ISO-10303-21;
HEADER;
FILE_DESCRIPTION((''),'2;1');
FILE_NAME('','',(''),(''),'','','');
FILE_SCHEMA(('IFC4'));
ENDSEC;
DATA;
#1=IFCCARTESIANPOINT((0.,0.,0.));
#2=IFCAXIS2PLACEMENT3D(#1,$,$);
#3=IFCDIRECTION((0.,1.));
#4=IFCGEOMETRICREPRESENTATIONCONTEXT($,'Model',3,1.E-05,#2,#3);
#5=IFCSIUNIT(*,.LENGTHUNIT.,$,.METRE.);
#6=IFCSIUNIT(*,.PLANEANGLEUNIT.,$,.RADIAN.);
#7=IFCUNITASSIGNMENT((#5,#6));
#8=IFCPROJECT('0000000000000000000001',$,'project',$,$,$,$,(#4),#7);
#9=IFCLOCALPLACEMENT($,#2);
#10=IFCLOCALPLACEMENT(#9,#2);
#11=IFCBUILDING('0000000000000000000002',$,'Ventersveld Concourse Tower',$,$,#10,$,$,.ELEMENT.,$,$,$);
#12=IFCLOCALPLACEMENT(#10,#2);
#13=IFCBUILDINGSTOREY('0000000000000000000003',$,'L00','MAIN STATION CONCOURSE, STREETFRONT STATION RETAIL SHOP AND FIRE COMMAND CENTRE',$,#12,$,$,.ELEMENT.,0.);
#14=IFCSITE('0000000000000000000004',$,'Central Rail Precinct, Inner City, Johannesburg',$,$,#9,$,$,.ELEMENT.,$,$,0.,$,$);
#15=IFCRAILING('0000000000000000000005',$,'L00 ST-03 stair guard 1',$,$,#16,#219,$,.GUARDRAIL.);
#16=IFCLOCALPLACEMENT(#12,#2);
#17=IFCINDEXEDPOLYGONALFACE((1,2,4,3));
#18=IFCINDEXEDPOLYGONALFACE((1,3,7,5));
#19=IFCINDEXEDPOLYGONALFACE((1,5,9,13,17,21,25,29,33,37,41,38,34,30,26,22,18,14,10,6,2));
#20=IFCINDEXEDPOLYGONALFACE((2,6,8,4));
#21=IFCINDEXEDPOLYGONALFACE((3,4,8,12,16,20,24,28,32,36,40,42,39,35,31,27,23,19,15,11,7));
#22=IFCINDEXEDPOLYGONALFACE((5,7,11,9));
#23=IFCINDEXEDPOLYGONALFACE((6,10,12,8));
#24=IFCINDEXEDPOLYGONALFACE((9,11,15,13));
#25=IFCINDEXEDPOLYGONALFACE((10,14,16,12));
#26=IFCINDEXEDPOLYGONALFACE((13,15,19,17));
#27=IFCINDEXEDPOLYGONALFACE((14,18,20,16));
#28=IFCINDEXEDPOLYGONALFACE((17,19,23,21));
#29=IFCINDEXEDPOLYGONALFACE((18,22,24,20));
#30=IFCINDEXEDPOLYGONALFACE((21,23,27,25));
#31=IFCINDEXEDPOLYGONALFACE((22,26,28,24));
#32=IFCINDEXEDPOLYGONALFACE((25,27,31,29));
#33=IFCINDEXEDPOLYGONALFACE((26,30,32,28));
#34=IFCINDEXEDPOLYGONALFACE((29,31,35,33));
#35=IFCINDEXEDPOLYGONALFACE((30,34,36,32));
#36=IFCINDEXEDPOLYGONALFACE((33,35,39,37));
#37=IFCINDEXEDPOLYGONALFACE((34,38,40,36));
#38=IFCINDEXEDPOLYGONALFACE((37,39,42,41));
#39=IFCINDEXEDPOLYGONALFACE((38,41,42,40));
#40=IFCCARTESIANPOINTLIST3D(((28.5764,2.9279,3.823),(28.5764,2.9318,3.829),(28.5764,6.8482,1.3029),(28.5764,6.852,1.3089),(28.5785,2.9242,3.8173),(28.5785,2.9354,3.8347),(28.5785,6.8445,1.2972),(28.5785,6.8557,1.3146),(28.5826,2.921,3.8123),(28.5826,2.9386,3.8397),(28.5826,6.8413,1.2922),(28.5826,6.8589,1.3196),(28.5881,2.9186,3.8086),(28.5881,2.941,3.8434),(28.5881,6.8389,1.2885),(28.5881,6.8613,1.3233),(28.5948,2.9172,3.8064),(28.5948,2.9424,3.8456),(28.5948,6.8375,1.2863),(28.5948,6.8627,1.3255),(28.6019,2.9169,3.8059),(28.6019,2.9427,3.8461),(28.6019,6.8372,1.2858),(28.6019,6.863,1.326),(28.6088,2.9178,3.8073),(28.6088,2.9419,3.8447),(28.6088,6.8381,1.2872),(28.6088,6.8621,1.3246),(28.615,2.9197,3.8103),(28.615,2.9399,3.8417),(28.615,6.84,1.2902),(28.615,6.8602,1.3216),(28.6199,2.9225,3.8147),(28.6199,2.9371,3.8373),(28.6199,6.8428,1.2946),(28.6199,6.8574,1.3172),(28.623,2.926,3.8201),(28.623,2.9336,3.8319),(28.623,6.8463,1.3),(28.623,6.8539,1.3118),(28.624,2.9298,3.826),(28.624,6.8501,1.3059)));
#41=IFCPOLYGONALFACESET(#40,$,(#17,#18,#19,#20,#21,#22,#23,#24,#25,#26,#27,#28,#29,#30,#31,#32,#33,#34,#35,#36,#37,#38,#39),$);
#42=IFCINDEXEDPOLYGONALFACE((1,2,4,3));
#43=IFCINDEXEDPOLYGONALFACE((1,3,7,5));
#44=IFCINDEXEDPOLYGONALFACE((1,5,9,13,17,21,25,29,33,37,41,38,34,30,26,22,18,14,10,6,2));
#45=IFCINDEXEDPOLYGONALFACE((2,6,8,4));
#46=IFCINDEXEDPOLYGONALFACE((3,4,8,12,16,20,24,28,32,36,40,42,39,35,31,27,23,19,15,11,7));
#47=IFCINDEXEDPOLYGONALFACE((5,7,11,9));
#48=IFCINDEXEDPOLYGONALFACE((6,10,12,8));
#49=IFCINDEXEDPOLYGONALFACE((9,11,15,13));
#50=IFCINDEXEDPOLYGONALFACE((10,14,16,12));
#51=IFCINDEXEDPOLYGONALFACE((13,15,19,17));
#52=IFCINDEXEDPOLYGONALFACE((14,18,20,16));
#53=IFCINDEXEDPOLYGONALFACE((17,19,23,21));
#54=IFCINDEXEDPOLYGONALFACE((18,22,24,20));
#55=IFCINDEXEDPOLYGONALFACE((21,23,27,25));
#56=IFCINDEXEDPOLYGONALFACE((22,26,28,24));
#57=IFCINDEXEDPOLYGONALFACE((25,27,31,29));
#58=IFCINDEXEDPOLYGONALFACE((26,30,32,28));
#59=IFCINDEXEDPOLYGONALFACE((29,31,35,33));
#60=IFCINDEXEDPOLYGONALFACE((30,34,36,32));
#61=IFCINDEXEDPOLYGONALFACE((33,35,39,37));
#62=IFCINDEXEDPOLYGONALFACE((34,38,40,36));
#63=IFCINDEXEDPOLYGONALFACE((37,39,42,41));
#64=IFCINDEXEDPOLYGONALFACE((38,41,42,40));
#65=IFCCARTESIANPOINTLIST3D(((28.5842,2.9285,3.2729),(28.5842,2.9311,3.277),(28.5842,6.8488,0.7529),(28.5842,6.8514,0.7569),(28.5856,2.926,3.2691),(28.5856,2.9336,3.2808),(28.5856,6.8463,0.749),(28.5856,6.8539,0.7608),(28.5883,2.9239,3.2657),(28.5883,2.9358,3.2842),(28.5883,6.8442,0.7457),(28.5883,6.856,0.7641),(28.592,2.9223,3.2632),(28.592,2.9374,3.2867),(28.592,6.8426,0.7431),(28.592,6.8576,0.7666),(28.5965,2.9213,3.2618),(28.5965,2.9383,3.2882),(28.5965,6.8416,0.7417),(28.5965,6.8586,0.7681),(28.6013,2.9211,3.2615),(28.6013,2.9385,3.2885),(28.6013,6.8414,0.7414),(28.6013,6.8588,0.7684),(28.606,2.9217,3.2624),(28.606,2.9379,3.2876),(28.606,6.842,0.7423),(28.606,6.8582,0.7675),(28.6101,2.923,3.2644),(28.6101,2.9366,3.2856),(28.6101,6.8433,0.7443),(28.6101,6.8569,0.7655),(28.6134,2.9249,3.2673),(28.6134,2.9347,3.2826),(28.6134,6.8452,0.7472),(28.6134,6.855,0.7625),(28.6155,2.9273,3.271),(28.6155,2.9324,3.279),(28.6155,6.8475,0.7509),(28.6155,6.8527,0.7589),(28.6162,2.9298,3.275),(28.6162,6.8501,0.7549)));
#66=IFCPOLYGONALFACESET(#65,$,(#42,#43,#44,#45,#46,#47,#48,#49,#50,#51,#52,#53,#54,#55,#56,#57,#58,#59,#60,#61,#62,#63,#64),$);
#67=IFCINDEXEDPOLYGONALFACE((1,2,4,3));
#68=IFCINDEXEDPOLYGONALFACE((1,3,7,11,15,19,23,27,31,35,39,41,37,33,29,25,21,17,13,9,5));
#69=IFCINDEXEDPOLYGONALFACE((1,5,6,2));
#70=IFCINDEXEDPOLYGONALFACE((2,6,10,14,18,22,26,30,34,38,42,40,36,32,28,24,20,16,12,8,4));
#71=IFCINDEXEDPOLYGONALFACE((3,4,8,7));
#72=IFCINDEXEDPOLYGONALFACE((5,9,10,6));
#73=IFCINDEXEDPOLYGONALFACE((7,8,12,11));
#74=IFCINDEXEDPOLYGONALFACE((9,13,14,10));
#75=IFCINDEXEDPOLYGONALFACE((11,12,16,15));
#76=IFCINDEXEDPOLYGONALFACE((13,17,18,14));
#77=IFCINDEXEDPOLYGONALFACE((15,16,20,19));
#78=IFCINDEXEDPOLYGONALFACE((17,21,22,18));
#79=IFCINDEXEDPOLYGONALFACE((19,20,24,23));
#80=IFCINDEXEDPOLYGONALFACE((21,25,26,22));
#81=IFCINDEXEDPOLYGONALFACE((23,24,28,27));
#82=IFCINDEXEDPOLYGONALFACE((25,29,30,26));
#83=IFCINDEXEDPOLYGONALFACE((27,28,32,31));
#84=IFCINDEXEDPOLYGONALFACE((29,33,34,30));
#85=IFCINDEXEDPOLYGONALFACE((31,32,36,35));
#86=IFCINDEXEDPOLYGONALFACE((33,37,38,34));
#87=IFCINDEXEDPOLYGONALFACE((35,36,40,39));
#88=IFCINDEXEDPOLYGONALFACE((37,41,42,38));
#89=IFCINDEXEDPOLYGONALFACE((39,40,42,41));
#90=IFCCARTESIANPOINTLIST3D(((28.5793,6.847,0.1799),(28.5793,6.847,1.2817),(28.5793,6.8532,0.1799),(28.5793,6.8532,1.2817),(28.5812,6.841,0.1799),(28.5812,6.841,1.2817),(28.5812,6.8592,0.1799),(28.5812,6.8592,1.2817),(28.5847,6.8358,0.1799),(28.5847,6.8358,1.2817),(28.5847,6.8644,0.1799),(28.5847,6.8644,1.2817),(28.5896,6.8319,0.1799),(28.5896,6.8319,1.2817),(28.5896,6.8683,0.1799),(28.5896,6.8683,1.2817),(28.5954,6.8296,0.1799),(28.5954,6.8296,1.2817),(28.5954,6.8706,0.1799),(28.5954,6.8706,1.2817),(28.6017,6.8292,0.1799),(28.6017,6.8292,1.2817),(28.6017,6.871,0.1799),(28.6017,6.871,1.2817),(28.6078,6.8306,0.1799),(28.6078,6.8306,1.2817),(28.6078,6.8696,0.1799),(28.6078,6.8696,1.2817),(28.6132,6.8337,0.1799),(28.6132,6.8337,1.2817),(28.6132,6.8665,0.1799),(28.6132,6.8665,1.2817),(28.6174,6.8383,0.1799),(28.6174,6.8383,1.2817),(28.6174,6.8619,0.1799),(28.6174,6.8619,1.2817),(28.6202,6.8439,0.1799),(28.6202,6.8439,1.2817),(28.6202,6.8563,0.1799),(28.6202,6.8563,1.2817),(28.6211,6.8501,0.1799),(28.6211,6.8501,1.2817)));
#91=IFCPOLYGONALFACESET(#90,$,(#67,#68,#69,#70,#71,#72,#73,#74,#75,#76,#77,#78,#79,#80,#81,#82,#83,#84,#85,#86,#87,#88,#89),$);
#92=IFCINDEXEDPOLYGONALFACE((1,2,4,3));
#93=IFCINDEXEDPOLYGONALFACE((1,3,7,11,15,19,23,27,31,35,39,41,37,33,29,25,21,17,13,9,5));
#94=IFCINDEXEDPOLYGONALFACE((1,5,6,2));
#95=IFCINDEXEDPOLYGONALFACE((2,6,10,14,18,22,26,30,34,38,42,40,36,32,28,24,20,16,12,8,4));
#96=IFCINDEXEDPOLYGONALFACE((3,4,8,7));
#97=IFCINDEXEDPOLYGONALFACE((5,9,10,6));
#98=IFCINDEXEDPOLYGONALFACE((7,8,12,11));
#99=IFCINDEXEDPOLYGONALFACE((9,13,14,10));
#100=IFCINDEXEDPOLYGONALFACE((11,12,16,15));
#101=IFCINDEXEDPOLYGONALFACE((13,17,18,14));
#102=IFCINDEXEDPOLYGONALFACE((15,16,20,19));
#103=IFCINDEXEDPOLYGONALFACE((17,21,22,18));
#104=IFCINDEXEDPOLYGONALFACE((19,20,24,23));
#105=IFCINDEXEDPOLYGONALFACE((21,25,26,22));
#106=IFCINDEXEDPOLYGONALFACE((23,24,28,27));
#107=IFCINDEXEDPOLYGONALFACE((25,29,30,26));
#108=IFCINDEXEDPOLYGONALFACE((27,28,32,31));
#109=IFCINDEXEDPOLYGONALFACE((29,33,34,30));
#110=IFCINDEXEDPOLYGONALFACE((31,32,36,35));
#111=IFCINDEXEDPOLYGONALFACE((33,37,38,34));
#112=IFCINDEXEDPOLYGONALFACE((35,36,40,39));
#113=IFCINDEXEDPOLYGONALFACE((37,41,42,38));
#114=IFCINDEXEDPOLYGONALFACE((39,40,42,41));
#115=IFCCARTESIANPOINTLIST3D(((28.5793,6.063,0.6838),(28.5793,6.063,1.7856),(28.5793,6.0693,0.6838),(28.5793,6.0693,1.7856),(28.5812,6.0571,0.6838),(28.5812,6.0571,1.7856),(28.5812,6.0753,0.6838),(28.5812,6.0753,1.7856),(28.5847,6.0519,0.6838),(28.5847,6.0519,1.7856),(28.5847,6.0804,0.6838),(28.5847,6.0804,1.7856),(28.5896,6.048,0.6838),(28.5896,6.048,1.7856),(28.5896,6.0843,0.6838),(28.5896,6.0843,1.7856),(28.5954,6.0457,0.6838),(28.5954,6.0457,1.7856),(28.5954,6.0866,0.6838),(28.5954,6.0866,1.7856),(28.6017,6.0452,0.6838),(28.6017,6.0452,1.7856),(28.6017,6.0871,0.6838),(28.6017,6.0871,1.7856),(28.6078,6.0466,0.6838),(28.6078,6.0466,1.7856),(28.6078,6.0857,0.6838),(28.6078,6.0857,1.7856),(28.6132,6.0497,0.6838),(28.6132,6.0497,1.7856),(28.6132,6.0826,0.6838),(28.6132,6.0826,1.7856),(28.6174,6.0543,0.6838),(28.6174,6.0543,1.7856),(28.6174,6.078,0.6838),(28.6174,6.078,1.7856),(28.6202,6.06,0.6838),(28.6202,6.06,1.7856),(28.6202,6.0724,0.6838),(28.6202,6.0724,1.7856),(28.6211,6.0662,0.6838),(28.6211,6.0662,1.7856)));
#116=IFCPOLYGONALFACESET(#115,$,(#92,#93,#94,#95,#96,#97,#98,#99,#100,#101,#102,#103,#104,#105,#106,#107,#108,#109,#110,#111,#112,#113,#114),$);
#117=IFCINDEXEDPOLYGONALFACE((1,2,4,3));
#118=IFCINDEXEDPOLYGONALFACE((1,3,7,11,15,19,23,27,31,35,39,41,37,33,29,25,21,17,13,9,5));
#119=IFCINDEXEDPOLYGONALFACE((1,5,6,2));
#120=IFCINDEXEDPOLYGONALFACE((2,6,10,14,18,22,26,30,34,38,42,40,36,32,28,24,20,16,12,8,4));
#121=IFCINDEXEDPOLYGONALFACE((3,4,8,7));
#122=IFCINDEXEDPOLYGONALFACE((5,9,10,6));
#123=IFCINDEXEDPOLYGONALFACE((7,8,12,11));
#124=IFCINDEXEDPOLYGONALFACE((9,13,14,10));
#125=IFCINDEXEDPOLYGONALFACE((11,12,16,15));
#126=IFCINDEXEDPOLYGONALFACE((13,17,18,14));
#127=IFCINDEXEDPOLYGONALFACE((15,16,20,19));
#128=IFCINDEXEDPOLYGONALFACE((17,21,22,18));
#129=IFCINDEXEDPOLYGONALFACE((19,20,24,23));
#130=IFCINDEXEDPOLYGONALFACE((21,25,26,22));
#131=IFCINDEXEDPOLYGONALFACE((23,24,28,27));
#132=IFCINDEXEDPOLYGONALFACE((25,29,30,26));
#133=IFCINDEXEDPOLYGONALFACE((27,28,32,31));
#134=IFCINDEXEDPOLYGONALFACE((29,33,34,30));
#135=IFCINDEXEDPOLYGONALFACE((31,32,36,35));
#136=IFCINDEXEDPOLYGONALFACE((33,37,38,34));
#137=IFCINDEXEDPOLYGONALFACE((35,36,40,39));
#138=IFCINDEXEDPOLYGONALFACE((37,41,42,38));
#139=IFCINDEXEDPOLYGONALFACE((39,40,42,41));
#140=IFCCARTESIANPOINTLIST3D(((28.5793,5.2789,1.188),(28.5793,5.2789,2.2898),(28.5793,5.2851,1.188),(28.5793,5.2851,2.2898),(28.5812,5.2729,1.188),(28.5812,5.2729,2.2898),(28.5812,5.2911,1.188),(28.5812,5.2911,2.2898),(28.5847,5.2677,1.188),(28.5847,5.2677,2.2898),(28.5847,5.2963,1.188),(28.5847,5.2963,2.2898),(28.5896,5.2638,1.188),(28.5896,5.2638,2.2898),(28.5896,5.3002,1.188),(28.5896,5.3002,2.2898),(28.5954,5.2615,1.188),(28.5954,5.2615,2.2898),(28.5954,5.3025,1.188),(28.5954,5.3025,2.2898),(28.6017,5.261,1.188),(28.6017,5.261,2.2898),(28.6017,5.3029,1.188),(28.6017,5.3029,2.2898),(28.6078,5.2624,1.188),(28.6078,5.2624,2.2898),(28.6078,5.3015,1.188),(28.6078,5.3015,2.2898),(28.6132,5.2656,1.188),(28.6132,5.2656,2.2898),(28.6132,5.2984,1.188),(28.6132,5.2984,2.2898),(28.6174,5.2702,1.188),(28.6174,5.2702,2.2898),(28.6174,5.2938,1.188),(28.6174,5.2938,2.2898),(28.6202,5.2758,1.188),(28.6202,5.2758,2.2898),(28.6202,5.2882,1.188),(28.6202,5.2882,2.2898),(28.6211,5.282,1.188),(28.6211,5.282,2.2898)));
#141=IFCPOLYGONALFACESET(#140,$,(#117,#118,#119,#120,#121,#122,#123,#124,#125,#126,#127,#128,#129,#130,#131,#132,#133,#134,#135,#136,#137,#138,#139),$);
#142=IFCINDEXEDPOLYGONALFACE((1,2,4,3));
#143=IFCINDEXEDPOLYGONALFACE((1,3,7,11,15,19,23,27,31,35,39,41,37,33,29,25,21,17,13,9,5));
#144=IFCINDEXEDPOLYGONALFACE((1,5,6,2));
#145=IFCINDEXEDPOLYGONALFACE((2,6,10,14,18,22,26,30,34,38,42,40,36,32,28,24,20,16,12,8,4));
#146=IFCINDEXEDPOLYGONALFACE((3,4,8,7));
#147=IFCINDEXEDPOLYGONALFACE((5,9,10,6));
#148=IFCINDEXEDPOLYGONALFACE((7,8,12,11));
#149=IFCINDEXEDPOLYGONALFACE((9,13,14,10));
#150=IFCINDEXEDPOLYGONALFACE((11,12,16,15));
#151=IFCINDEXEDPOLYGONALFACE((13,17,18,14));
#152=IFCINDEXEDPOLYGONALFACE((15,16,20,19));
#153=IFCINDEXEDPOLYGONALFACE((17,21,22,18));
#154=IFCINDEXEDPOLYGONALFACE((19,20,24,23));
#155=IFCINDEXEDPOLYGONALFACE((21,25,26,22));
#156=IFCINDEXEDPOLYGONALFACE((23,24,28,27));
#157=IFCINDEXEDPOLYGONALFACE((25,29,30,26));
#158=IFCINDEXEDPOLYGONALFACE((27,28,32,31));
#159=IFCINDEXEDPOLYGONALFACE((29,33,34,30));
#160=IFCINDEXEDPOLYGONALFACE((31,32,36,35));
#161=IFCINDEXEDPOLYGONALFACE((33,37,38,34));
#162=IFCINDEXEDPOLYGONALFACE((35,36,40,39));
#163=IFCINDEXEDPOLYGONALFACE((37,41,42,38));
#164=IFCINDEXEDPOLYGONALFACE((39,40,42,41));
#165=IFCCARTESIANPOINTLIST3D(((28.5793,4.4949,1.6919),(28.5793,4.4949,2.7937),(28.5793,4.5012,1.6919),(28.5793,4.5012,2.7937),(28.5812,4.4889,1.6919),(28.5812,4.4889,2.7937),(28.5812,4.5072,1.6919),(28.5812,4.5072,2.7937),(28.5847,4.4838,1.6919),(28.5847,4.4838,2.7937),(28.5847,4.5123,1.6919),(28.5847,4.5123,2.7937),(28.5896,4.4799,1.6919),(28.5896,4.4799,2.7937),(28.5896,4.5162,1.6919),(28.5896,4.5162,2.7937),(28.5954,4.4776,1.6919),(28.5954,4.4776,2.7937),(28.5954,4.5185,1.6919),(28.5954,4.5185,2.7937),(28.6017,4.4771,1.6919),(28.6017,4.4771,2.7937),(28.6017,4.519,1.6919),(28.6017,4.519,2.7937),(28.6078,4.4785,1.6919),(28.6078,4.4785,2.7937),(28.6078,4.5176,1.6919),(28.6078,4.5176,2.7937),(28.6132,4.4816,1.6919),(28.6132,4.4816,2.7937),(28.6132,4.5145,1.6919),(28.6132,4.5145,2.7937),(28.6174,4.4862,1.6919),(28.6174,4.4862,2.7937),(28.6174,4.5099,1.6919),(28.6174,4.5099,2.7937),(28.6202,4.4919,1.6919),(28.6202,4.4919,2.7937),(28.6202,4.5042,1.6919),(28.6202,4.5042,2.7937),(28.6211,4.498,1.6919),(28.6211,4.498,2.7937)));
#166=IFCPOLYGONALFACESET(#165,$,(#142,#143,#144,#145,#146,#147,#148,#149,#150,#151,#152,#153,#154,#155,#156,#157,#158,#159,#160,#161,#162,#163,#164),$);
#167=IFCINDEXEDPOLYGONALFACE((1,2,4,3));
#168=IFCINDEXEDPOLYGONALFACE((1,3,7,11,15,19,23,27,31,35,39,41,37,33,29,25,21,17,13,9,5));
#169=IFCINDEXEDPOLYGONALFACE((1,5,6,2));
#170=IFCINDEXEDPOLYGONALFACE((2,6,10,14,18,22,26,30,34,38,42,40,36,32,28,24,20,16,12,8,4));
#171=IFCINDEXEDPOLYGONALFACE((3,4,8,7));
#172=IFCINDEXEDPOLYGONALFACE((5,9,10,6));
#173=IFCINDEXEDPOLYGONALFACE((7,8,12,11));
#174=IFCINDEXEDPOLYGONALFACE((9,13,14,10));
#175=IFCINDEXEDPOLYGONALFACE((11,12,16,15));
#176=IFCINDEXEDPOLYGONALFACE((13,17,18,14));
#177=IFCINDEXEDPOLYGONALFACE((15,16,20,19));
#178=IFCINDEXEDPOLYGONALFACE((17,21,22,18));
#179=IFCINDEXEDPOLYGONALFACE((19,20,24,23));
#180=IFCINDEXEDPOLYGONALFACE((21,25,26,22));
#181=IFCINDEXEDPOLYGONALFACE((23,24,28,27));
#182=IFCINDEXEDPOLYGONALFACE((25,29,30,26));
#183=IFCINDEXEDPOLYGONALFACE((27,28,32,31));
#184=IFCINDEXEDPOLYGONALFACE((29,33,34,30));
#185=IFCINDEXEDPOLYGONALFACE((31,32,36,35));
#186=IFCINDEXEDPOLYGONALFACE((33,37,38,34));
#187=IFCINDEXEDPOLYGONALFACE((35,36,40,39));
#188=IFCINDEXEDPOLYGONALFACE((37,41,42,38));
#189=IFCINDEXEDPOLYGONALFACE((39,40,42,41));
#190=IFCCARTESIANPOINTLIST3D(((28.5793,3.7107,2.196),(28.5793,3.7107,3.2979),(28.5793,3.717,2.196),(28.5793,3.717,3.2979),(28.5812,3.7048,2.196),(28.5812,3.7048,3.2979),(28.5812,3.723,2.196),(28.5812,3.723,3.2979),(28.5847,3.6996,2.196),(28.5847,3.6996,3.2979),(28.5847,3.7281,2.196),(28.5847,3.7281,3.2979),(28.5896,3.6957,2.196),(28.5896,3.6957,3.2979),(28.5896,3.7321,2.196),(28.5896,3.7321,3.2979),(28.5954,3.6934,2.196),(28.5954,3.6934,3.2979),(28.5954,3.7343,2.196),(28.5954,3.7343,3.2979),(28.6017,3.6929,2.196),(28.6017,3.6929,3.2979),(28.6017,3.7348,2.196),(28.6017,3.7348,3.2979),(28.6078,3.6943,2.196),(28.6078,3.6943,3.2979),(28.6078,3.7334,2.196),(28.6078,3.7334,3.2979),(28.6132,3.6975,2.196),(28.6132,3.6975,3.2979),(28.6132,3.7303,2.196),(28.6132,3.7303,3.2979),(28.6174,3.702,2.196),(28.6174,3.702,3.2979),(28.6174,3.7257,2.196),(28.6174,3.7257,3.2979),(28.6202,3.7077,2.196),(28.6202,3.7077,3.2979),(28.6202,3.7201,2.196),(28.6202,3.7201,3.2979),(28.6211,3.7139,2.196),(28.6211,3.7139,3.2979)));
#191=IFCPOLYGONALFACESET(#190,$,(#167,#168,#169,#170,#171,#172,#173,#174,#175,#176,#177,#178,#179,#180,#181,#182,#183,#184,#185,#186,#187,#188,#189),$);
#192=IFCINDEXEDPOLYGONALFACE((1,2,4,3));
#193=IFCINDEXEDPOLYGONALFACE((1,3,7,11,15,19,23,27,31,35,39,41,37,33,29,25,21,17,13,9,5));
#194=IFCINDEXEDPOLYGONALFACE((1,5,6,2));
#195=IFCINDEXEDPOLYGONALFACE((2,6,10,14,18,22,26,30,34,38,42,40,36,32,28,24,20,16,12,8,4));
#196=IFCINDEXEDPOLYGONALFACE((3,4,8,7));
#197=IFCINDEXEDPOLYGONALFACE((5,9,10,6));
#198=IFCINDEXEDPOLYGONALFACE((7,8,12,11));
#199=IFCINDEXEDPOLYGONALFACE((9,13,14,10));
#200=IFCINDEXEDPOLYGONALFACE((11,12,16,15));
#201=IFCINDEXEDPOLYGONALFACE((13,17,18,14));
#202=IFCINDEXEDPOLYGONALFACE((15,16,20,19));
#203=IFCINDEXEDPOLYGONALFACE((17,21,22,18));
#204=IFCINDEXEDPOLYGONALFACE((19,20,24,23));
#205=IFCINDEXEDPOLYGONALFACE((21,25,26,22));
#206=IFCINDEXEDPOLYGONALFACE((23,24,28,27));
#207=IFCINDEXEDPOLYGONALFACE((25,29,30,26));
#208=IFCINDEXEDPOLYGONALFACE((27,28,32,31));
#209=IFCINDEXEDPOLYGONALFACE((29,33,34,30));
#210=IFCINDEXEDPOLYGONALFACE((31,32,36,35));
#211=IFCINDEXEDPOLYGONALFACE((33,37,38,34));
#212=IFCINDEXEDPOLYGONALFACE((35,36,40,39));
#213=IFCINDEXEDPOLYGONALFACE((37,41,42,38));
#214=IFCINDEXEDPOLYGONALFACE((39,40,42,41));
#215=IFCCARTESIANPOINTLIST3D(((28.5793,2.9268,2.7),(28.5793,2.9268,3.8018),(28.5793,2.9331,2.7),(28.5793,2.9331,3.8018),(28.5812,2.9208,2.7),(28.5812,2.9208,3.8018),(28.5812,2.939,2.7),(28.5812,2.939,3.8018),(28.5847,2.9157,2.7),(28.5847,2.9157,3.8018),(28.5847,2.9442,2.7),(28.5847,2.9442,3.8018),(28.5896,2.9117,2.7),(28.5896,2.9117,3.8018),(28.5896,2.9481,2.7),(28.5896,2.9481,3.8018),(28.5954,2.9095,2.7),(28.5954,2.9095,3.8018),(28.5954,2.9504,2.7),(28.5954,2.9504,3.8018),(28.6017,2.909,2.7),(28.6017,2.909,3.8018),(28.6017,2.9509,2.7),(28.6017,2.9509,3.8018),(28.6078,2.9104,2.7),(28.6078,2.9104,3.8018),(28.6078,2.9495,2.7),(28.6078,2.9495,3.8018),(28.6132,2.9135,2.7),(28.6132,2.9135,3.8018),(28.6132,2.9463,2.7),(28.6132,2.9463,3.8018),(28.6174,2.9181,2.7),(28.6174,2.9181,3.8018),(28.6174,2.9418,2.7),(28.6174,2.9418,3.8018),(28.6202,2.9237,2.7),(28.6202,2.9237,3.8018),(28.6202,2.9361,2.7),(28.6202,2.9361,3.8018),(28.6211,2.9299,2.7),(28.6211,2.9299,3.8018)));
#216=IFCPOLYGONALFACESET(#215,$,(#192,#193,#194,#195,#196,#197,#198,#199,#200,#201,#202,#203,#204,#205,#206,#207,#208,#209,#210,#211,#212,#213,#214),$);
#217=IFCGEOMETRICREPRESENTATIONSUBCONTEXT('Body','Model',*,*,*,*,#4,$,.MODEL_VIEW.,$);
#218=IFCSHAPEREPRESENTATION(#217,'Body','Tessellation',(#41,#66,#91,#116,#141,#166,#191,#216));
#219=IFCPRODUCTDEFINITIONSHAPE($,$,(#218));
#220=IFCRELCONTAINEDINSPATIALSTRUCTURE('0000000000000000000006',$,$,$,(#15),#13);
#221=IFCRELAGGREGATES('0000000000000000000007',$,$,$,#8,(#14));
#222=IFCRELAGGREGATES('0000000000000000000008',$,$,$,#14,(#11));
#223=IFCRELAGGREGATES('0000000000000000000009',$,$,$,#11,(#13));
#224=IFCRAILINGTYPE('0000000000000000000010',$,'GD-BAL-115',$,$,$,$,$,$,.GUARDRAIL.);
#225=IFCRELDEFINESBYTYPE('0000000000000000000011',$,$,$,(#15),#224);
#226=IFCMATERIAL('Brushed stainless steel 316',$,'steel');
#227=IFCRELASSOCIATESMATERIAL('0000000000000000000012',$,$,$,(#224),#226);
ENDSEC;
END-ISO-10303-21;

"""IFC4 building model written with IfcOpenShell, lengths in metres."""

from ifc_helpers import new_model, si_unit, direction, frame, origin, origin_2d, place, context, subcontext, project, spatial, circle, extrude, material, type_object, element, save


model = new_model("IFC4")

# Units and contexts
model_context = context("Model", 3, precision=1e-05, world=origin(), true_north=direction((0.0, 1.0)))
body_context = subcontext(model_context, "Body", "Model", "MODEL_VIEW")
ifc_project = project(units=[si_unit("LENGTHUNIT", "METRE"), si_unit("PLANEANGLEUNIT", "RADIAN")], contexts=[model_context])

# Site, building, storey
site_placement = place(None, origin())
site = spatial("IfcSite", under=ifc_project, at=site_placement, Name="Central Rail Precinct, Inner City, Johannesburg", CompositionType="ELEMENT", RefElevation=0.0)
building_placement = place(site_placement, origin())
building = spatial("IfcBuilding", under=site, at=building_placement, Name="Ventersveld Concourse Tower", CompositionType="ELEMENT")
storey_placement = place(building_placement, origin())
storey = spatial("IfcBuildingStorey", under=building, at=storey_placement, Name="L00", Description="MAIN STATION CONCOURSE, STREETFRONT STATION RETAIL SHOP AND FIRE COMMAND CENTRE", CompositionType="ELEMENT", Elevation=0.0)

# Shared definitions
ifc_material_1 = material(Name="Brushed stainless steel 316", Category="steel")

# Railing
railing_type_1 = type_object("IfcRailingType", Name="GD-BAL-115", PredefinedType="GUARDRAIL", material=ifc_material_1)
railing_1_placement = place(storey_placement, frame((28.6001, 6.8501, 0.1799)))
element("IfcRailing", 1, at=railing_1_placement, inside=storey, type_object=railing_type_1, Name="L00 ST-03 stair guard 1", PredefinedType="GUARDRAIL", context=body_context, shape_type="SweptSolid", body=[
    extrude(circle(Radius=0.0239, at=origin_2d()), frame((0.0, 0.0, 1.126), z_axis=(0.0, -0.841187, 0.540744), x_axis=(1.0, 0.0, 0.0)), (0.0, 0.0, 1.0), 4.6604),
    extrude(circle(Radius=0.0161, at=origin_2d()), frame((0.0, 0.0, 0.575), z_axis=(0.0, -0.841187, 0.540744), x_axis=(1.0, 0.0, 0.0)), (0.0, 0.0, 1.0), 4.6604),
    extrude(circle(Radius=0.021, at=origin_2d()), origin(), (0.0, 0.0, 1.0), 1.1018),
    extrude(circle(Radius=0.021, at=origin_2d()), frame((0.0, -0.7839, 0.5039)), (0.0, 0.0, 1.0), 1.1018),
    extrude(circle(Radius=0.021, at=origin_2d()), frame((0.0, -1.5681, 1.0081)), (0.0, 0.0, 1.0), 1.1018),
    extrude(circle(Radius=0.021, at=origin_2d()), frame((0.0, -2.3521, 1.512)), (0.0, 0.0, 1.0), 1.1018),
    extrude(circle(Radius=0.021, at=origin_2d()), frame((0.0, -3.1362, 2.0161)), (0.0, 0.0, 1.0), 1.1018),
    extrude(circle(Radius=0.021, at=origin_2d()), frame((0.0, -3.9202, 2.52)), (0.0, 0.0, 1.0), 1.1018),
])

save(model, "model.ifc")
